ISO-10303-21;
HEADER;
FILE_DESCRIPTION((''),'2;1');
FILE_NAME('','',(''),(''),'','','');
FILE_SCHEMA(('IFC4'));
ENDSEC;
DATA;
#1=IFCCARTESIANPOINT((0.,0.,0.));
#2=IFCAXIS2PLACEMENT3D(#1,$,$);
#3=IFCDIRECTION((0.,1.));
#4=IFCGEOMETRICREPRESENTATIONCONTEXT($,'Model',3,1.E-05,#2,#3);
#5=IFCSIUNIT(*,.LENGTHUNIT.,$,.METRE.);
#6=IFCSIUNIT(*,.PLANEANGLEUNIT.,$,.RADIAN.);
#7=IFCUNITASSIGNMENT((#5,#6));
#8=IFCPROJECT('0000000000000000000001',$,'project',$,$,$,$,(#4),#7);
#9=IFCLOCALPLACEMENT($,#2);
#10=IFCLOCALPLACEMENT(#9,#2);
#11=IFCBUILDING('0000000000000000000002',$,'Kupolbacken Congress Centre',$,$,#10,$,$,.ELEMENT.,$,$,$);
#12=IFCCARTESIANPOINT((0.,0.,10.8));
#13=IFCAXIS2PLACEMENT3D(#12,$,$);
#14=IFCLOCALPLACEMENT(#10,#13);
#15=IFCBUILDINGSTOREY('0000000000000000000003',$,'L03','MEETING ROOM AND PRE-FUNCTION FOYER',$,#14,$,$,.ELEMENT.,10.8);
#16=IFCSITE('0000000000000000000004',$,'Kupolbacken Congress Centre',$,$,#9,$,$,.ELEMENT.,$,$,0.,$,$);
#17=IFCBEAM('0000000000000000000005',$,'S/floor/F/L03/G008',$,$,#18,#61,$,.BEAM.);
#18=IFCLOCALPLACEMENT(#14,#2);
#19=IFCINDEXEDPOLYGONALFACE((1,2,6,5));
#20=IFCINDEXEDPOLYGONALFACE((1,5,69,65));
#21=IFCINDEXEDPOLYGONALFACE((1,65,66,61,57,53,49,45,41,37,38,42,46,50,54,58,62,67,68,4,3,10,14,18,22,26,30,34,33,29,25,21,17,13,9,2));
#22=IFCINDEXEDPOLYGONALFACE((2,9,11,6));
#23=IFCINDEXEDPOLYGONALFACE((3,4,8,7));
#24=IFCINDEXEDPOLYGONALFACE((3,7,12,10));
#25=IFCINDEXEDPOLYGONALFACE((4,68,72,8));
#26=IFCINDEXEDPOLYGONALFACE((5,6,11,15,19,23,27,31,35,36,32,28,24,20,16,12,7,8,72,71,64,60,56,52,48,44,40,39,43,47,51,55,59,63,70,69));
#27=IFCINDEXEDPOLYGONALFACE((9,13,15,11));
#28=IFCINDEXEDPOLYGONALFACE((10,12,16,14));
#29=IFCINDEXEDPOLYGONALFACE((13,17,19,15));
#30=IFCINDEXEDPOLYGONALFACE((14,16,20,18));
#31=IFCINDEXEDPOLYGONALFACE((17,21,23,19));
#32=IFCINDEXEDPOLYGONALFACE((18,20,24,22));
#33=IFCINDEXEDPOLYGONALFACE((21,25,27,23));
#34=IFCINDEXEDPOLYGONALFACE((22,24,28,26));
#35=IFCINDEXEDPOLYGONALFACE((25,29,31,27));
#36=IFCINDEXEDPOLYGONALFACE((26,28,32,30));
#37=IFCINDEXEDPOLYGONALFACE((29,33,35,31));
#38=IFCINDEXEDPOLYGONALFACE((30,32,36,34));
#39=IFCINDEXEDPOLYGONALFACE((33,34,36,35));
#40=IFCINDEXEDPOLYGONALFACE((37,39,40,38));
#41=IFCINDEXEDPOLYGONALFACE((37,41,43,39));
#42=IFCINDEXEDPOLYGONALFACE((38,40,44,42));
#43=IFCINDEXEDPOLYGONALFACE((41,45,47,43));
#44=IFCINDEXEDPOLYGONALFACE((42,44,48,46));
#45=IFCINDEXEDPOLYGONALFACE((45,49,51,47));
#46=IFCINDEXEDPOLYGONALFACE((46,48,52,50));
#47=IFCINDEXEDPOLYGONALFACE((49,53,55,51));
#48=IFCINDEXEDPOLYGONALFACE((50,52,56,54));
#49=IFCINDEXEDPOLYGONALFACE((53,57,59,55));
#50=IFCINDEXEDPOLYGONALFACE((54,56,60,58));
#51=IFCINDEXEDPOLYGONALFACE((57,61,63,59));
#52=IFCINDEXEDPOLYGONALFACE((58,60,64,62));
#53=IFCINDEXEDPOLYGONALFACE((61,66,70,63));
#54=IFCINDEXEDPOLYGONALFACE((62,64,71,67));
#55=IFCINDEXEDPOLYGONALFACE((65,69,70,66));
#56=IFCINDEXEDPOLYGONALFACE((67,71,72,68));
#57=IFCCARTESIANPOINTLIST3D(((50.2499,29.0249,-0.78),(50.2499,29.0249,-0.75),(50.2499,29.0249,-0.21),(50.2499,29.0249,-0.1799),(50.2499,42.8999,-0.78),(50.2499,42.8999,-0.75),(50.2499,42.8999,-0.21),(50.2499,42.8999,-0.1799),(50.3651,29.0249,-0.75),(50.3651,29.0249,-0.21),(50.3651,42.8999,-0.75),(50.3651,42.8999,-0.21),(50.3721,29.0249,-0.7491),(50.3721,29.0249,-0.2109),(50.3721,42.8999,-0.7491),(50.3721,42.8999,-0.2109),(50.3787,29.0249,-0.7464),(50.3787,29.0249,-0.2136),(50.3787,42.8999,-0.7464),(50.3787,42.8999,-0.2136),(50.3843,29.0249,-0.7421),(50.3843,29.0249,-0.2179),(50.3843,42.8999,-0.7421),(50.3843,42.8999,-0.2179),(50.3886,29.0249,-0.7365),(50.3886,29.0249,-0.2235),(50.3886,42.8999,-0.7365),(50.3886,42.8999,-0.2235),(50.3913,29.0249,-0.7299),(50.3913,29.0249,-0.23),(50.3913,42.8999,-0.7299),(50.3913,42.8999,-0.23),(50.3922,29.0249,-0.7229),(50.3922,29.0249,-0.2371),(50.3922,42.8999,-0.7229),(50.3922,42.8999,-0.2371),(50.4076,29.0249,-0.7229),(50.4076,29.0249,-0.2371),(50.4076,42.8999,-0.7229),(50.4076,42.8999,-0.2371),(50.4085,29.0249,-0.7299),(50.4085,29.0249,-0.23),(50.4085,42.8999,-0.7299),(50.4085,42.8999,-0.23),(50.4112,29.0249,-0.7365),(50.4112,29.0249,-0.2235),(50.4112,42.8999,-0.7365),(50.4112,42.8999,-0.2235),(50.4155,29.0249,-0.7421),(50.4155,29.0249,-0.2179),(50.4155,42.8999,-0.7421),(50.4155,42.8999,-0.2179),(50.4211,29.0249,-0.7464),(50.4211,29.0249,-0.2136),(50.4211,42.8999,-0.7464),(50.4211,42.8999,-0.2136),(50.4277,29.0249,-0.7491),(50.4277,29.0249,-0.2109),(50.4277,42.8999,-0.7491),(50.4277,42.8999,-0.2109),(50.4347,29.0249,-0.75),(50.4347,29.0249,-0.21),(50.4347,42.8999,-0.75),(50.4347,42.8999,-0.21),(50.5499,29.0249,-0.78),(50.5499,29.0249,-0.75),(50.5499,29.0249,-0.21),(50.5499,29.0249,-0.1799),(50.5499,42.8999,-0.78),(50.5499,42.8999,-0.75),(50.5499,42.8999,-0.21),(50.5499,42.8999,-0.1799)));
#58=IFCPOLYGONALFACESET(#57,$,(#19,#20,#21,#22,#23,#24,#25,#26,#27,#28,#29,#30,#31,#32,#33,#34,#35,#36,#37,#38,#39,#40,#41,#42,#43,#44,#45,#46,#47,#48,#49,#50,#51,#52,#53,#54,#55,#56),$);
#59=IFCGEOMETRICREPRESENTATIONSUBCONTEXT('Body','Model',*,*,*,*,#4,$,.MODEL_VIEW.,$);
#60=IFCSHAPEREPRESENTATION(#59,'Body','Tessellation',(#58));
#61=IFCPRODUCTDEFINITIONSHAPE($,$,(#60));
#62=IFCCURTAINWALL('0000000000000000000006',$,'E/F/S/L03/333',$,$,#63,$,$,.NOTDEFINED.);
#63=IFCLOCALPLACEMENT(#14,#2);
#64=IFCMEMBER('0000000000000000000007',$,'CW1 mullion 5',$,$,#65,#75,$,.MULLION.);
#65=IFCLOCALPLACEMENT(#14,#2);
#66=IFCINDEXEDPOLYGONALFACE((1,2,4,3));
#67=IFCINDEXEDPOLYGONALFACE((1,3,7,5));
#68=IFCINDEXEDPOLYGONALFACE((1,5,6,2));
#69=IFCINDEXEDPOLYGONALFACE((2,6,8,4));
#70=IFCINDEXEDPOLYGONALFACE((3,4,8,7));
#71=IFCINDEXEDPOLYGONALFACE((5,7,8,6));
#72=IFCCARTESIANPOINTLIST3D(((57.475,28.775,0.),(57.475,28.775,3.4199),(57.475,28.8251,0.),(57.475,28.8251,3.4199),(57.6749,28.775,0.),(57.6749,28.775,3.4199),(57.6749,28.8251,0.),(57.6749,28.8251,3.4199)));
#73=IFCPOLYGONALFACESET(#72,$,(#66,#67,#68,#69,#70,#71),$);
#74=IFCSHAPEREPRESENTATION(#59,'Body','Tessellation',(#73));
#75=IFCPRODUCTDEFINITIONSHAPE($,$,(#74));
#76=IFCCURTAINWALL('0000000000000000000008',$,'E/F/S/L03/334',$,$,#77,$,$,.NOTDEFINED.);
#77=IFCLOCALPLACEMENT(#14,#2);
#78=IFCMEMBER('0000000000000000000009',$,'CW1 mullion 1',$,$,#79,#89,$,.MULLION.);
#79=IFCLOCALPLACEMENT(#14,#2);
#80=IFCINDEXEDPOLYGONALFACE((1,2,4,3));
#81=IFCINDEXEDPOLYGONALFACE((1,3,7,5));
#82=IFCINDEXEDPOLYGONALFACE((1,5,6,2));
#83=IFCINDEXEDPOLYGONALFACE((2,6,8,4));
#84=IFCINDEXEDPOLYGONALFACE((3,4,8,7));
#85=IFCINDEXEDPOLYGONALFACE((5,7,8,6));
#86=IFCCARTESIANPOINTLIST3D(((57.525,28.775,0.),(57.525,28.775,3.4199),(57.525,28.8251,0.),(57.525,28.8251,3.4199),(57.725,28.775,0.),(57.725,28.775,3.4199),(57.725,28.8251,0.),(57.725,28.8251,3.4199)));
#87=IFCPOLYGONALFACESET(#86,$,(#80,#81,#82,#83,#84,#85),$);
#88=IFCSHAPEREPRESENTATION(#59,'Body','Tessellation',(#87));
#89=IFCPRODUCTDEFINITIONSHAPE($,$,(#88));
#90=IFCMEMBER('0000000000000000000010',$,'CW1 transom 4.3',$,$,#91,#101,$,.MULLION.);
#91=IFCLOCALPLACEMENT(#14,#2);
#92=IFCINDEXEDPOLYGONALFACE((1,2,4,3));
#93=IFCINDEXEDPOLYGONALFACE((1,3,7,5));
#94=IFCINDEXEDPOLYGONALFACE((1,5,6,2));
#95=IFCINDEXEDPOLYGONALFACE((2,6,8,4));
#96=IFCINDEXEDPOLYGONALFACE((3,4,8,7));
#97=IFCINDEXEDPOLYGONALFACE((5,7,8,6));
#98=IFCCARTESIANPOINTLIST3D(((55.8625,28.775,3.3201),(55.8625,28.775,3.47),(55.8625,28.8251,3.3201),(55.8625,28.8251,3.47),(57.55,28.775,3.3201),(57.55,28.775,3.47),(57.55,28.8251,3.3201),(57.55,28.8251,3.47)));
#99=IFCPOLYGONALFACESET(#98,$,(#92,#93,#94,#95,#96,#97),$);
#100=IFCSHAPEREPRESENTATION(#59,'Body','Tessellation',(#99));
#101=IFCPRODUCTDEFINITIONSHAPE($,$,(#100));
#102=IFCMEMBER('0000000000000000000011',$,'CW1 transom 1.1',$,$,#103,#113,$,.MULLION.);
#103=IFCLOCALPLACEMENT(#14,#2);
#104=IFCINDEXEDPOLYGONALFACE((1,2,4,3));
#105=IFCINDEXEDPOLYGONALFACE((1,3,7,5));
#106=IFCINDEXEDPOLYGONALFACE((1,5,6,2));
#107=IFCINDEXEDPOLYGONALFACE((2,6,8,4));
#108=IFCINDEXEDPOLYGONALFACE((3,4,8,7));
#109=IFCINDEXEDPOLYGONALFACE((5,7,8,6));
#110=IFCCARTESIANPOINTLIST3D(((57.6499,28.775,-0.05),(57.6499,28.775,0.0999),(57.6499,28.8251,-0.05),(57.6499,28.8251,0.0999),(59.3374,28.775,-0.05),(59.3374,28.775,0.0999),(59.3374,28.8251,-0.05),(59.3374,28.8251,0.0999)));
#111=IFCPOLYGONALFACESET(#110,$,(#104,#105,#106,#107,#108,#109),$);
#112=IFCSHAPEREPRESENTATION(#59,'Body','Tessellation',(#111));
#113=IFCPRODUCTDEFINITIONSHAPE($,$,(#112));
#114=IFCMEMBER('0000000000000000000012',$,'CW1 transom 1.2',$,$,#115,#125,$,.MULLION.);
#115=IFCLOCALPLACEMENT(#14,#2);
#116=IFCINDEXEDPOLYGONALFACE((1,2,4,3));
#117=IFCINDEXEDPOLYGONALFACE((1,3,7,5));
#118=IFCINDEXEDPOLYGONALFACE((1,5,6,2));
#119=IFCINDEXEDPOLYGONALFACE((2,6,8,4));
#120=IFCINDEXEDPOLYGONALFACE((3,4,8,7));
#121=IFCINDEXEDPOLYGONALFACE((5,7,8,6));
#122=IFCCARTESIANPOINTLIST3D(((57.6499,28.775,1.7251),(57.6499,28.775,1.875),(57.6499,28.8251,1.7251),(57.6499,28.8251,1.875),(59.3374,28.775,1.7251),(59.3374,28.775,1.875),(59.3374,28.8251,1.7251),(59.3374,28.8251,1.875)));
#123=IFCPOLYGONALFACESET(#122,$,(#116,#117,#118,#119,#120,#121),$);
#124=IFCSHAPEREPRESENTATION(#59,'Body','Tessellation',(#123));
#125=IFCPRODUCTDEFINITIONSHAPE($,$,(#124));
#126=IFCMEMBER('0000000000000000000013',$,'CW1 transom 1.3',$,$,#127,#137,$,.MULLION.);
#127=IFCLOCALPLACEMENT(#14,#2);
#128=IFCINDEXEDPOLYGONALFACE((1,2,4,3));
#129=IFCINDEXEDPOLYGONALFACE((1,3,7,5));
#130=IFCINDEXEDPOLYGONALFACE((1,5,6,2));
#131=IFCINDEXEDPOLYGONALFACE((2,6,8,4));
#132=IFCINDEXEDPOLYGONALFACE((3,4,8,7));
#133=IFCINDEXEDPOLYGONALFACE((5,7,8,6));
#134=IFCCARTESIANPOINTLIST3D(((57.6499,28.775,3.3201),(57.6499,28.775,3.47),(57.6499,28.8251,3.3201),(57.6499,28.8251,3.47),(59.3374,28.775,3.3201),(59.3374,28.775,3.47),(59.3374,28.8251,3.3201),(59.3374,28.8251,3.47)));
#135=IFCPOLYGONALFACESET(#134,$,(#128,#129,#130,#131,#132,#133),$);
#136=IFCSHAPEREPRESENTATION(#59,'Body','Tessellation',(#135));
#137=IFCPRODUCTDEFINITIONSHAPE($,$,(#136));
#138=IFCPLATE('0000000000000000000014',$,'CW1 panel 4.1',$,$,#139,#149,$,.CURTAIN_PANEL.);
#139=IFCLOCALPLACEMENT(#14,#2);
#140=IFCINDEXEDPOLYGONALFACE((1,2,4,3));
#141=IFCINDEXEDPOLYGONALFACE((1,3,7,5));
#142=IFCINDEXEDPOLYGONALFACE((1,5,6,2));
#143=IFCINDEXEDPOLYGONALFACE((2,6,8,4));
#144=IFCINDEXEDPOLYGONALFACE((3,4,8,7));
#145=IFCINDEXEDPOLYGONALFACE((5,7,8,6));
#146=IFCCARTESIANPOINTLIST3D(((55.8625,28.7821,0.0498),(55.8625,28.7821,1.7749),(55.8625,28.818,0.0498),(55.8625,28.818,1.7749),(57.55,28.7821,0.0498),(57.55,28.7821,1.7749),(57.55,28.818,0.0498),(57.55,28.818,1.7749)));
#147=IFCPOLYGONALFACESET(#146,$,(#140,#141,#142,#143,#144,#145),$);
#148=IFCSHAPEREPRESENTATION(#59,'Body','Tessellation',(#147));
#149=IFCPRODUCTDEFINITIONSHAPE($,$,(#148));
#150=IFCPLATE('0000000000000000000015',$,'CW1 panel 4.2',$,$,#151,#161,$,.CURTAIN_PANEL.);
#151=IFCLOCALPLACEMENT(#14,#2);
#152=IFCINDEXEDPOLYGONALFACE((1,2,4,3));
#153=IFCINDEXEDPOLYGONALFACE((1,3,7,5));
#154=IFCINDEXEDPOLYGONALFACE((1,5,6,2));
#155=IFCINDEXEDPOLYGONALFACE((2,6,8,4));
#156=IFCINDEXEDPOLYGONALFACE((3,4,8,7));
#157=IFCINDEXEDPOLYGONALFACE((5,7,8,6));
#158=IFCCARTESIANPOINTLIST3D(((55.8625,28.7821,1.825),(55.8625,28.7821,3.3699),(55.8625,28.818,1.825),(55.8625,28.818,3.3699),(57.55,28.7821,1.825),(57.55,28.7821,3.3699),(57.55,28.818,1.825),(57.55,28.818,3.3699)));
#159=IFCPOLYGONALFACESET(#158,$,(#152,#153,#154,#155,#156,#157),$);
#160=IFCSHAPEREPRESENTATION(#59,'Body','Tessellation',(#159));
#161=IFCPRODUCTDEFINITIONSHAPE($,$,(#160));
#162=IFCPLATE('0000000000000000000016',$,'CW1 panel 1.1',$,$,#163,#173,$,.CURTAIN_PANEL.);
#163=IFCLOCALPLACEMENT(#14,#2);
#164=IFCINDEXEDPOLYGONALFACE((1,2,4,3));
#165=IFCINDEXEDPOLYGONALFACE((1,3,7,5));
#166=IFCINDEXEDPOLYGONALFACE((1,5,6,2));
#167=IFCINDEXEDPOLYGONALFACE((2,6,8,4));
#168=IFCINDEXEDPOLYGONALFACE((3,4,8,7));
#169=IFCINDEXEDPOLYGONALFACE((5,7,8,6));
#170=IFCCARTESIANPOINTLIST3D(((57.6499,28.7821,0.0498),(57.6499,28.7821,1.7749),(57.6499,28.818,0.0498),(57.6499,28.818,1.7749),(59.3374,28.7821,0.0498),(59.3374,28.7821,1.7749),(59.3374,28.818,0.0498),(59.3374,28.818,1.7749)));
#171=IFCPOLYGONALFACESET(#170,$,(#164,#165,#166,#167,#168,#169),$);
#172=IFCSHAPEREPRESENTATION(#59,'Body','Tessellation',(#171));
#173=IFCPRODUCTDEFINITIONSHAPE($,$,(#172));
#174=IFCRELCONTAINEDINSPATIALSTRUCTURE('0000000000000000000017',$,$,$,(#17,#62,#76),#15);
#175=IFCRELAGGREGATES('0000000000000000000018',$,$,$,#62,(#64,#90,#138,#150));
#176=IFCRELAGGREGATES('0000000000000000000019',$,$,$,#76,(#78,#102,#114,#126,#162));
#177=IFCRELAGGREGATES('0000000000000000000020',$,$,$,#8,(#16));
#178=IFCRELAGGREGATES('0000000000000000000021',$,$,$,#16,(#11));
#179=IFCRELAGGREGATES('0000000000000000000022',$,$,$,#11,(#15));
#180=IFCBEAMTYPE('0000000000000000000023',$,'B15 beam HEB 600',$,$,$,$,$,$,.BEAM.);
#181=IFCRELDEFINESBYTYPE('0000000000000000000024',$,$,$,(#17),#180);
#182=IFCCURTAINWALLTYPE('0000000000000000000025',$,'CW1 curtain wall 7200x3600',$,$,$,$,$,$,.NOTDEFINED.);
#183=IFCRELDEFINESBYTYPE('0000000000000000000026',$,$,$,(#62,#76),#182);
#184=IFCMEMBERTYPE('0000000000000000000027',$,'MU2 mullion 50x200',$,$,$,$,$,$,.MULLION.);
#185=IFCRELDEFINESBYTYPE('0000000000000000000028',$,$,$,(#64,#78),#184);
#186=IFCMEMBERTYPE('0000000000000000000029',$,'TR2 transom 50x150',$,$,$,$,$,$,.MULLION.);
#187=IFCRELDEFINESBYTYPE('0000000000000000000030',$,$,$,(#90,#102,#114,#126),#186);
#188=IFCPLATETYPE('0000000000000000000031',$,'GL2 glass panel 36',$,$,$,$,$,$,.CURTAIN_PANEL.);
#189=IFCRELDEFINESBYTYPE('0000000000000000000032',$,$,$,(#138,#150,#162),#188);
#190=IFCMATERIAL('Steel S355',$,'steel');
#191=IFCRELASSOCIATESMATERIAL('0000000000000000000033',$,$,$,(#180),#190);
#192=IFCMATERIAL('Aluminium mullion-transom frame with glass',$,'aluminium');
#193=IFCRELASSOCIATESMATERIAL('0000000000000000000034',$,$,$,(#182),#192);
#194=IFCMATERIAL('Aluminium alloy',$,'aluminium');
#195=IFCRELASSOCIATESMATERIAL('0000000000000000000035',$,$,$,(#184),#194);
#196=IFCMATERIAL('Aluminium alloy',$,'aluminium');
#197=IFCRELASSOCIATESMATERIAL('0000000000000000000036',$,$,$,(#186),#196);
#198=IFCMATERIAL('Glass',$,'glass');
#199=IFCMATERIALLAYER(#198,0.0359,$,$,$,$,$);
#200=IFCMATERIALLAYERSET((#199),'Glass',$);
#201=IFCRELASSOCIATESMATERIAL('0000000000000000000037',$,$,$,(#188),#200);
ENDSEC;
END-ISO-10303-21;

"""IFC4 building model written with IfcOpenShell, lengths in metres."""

from ifc_helpers import new_model, si_unit, direction, frame, origin, origin_2d, place, context, subcontext, project, spatial, rectangle, i_section, extrude, material, layer, layer_set, material_profile, profile_set, type_object, element, aggregate, save


model = new_model("IFC4")

# Units and contexts
model_context = context("Model", 3, precision=1e-05, world=origin(), true_north=direction((0.0, 1.0)))
body_context = subcontext(model_context, "Body", "Model", "MODEL_VIEW")
ifc_project = project(units=[si_unit("LENGTHUNIT", "METRE"), si_unit("PLANEANGLEUNIT", "RADIAN")], contexts=[model_context])

# Site, building, storey
site_placement = place(None, origin())
site = spatial("IfcSite", under=ifc_project, at=site_placement, Name="Kupolbacken Congress Centre", CompositionType="ELEMENT", RefElevation=0.0)
building_placement = place(site_placement, origin())
building = spatial("IfcBuilding", under=site, at=building_placement, Name="Kupolbacken Congress Centre", CompositionType="ELEMENT")
storey_placement = place(building_placement, frame((0.0, 0.0, 10.8)))
storey = spatial("IfcBuildingStorey", under=building, at=storey_placement, Name="L03", Description="MEETING ROOM AND PRE-FUNCTION FOYER", CompositionType="ELEMENT", Elevation=10.8)

# Beam
ifc_material_1 = material(Name="Steel S355", Category="steel")
ifc_material_profile_1 = material_profile(ifc_material_1, i_section(OverallWidth=0.3, OverallDepth=0.6001, WebThickness=0.0154, FlangeThickness=0.03, FilletRadius=0.0271, at=origin_2d()), Name="HEB 600")
ifc_profile_set_1 = profile_set([ifc_material_profile_1], Name="Steel S355")
beam_type_1 = type_object("IfcBeamType", Name="B15 beam HEB 600", PredefinedType="BEAM", material=ifc_profile_set_1)
beam_1_placement = place(storey_placement, frame((50.3999, 29.0249, -0.48), z_axis=(0.0, 1.0, 0.0), x_axis=(-1.0, 0.0, 0.0)))
element("IfcBeam", 1, at=beam_1_placement, inside=storey, type_object=beam_type_1, Name="S/floor/F/L03/G008", PredefinedType="BEAM", context=body_context, shape_type="SweptSolid", body=[
    extrude(i_section(OverallWidth=0.3, OverallDepth=0.6001, WebThickness=0.0154, FlangeThickness=0.03, FilletRadius=0.0271, at=origin_2d()), origin(), (0.0, 0.0, 1.0), 13.875),
])

# Curtain walls, members
ifc_material_2 = material(Name="Aluminium mullion-transom frame with glass", Category="aluminium")
curtain_wall_type = type_object("IfcCurtainWallType", Name="CW1 curtain wall 7200x3600", PredefinedType="NOTDEFINED", material=ifc_material_2)
curtain_wall_1_placement = place(storey_placement, origin())
curtain_wall_1 = element("IfcCurtainWall", 2, at=curtain_wall_1_placement, inside=storey, type_object=curtain_wall_type, Name="E/F/S/L03/333", PredefinedType="NOTDEFINED")
ifc_material_3 = material(Name="Aluminium alloy", Category="aluminium")
ifc_material_profile_2 = material_profile(ifc_material_3, rectangle(XDim=0.05, YDim=0.2, at=origin_2d()), Name="50 x 200")
ifc_profile_set_2 = profile_set([ifc_material_profile_2], Name="Aluminium alloy")
member_type_1 = type_object("IfcMemberType", Name="MU2 mullion 50x200", PredefinedType="MULLION", material=ifc_profile_set_2)
member_1_placement = place(storey_placement, frame((57.575, 28.8, 0.0), z_axis=(0.0, 0.0, 1.0), x_axis=(0.0, 1.0, 0.0)))
member_1 = element("IfcMember", 3, at=member_1_placement, type_object=member_type_1, Name="CW1 mullion 5", PredefinedType="MULLION", context=body_context, shape_type="SweptSolid", body=[
    extrude(rectangle(XDim=0.05, YDim=0.2, at=origin_2d()), origin(), (0.0, 0.0, 1.0), 3.4199),
])
curtain_wall_2_placement = place(storey_placement, origin())
curtain_wall_2 = element("IfcCurtainWall", 4, at=curtain_wall_2_placement, inside=storey, type_object=curtain_wall_type, Name="E/F/S/L03/334", PredefinedType="NOTDEFINED")
member_2_placement = place(storey_placement, frame((57.625, 28.8, 0.0), z_axis=(0.0, 0.0, 1.0), x_axis=(0.0, 1.0, 0.0)))
member_2 = element("IfcMember", 5, at=member_2_placement, type_object=member_type_1, Name="CW1 mullion 1", PredefinedType="MULLION", context=body_context, shape_type="SweptSolid", body=[
    extrude(rectangle(XDim=0.05, YDim=0.2, at=origin_2d()), origin(), (0.0, 0.0, 1.0), 3.4199),
])

# Members
ifc_material_4 = material(Name="Aluminium alloy", Category="aluminium")
ifc_material_profile_3 = material_profile(ifc_material_4, rectangle(XDim=0.05, YDim=0.1499, at=origin_2d()), Name="50 x 150")
ifc_profile_set_3 = profile_set([ifc_material_profile_3], Name="Aluminium alloy")
member_type_2 = type_object("IfcMemberType", Name="TR2 transom 50x150", PredefinedType="MULLION", material=ifc_profile_set_3)
member_3_placement = place(storey_placement, frame((55.8625, 28.8, 3.395), z_axis=(1.0, 0.0, 0.0), x_axis=(0.0, 1.0, 0.0)))
member_3 = element("IfcMember", 6, at=member_3_placement, type_object=member_type_2, Name="CW1 transom 4.3", PredefinedType="MULLION", context=body_context, shape_type="SweptSolid", body=[
    extrude(rectangle(XDim=0.05, YDim=0.1499, at=origin_2d()), origin(), (0.0, 0.0, 1.0), 1.6875),
])
member_4_placement = place(storey_placement, frame((57.6499, 28.8, 0.0249), z_axis=(1.0, 0.0, 0.0), x_axis=(0.0, 1.0, 0.0)))
member_4 = element("IfcMember", 7, at=member_4_placement, type_object=member_type_2, Name="CW1 transom 1.1", PredefinedType="MULLION", context=body_context, shape_type="SweptSolid", body=[
    extrude(rectangle(XDim=0.05, YDim=0.1499, at=origin_2d()), origin(), (0.0, 0.0, 1.0), 1.6875),
])
member_5_placement = place(storey_placement, frame((57.6499, 28.8, 1.8), z_axis=(1.0, 0.0, 0.0), x_axis=(0.0, 1.0, 0.0)))
member_5 = element("IfcMember", 8, at=member_5_placement, type_object=member_type_2, Name="CW1 transom 1.2", PredefinedType="MULLION", context=body_context, shape_type="SweptSolid", body=[
    extrude(rectangle(XDim=0.05, YDim=0.1499, at=origin_2d()), origin(), (0.0, 0.0, 1.0), 1.6875),
])
member_6_placement = place(storey_placement, frame((57.6499, 28.8, 3.395), z_axis=(1.0, 0.0, 0.0), x_axis=(0.0, 1.0, 0.0)))
member_6 = element("IfcMember", 9, at=member_6_placement, type_object=member_type_2, Name="CW1 transom 1.3", PredefinedType="MULLION", context=body_context, shape_type="SweptSolid", body=[
    extrude(rectangle(XDim=0.05, YDim=0.1499, at=origin_2d()), origin(), (0.0, 0.0, 1.0), 1.6875),
])

# Plates
ifc_material_5 = material(Name="Glass", Category="glass")
ifc_layer_1 = layer(ifc_material_5, 0.0359)
ifc_layer_set_1 = layer_set([ifc_layer_1], Name="Glass")
plate_type = type_object("IfcPlateType", Name="GL2 glass panel 36", PredefinedType="CURTAIN_PANEL", material=ifc_layer_set_1)
plate_1_placement = place(storey_placement, frame((56.7063, 28.8, 0.0498), z_axis=(0.0, 0.0, 1.0), x_axis=(1.0, 0.0, 0.0)))
plate_1 = element("IfcPlate", 10, at=plate_1_placement, type_object=plate_type, Name="CW1 panel 4.1", PredefinedType="CURTAIN_PANEL", context=body_context, shape_type="SweptSolid", body=[
    extrude(rectangle(XDim=1.6875, YDim=0.0359, at=origin_2d()), origin(), (0.0, 0.0, 1.0), 1.7251),
])
plate_2_placement = place(storey_placement, frame((56.7063, 28.8, 1.825), z_axis=(0.0, 0.0, 1.0), x_axis=(1.0, 0.0, 0.0)))
plate_2 = element("IfcPlate", 11, at=plate_2_placement, type_object=plate_type, Name="CW1 panel 4.2", PredefinedType="CURTAIN_PANEL", context=body_context, shape_type="SweptSolid", body=[
    extrude(rectangle(XDim=1.6875, YDim=0.0359, at=origin_2d()), origin(), (0.0, 0.0, 1.0), 1.5449),
])
aggregate(curtain_wall_1, [member_1, member_3, plate_1, plate_2])
plate_3_placement = place(storey_placement, frame((58.4937, 28.8, 0.0498), z_axis=(0.0, 0.0, 1.0), x_axis=(1.0, 0.0, 0.0)))
plate_3 = element("IfcPlate", 12, at=plate_3_placement, type_object=plate_type, Name="CW1 panel 1.1", PredefinedType="CURTAIN_PANEL", context=body_context, shape_type="SweptSolid", body=[
    extrude(rectangle(XDim=1.6875, YDim=0.0359, at=origin_2d()), origin(), (0.0, 0.0, 1.0), 1.7251),
])
aggregate(curtain_wall_2, [member_2, member_4, member_5, member_6, plate_3])

save(model, "model.ifc")
